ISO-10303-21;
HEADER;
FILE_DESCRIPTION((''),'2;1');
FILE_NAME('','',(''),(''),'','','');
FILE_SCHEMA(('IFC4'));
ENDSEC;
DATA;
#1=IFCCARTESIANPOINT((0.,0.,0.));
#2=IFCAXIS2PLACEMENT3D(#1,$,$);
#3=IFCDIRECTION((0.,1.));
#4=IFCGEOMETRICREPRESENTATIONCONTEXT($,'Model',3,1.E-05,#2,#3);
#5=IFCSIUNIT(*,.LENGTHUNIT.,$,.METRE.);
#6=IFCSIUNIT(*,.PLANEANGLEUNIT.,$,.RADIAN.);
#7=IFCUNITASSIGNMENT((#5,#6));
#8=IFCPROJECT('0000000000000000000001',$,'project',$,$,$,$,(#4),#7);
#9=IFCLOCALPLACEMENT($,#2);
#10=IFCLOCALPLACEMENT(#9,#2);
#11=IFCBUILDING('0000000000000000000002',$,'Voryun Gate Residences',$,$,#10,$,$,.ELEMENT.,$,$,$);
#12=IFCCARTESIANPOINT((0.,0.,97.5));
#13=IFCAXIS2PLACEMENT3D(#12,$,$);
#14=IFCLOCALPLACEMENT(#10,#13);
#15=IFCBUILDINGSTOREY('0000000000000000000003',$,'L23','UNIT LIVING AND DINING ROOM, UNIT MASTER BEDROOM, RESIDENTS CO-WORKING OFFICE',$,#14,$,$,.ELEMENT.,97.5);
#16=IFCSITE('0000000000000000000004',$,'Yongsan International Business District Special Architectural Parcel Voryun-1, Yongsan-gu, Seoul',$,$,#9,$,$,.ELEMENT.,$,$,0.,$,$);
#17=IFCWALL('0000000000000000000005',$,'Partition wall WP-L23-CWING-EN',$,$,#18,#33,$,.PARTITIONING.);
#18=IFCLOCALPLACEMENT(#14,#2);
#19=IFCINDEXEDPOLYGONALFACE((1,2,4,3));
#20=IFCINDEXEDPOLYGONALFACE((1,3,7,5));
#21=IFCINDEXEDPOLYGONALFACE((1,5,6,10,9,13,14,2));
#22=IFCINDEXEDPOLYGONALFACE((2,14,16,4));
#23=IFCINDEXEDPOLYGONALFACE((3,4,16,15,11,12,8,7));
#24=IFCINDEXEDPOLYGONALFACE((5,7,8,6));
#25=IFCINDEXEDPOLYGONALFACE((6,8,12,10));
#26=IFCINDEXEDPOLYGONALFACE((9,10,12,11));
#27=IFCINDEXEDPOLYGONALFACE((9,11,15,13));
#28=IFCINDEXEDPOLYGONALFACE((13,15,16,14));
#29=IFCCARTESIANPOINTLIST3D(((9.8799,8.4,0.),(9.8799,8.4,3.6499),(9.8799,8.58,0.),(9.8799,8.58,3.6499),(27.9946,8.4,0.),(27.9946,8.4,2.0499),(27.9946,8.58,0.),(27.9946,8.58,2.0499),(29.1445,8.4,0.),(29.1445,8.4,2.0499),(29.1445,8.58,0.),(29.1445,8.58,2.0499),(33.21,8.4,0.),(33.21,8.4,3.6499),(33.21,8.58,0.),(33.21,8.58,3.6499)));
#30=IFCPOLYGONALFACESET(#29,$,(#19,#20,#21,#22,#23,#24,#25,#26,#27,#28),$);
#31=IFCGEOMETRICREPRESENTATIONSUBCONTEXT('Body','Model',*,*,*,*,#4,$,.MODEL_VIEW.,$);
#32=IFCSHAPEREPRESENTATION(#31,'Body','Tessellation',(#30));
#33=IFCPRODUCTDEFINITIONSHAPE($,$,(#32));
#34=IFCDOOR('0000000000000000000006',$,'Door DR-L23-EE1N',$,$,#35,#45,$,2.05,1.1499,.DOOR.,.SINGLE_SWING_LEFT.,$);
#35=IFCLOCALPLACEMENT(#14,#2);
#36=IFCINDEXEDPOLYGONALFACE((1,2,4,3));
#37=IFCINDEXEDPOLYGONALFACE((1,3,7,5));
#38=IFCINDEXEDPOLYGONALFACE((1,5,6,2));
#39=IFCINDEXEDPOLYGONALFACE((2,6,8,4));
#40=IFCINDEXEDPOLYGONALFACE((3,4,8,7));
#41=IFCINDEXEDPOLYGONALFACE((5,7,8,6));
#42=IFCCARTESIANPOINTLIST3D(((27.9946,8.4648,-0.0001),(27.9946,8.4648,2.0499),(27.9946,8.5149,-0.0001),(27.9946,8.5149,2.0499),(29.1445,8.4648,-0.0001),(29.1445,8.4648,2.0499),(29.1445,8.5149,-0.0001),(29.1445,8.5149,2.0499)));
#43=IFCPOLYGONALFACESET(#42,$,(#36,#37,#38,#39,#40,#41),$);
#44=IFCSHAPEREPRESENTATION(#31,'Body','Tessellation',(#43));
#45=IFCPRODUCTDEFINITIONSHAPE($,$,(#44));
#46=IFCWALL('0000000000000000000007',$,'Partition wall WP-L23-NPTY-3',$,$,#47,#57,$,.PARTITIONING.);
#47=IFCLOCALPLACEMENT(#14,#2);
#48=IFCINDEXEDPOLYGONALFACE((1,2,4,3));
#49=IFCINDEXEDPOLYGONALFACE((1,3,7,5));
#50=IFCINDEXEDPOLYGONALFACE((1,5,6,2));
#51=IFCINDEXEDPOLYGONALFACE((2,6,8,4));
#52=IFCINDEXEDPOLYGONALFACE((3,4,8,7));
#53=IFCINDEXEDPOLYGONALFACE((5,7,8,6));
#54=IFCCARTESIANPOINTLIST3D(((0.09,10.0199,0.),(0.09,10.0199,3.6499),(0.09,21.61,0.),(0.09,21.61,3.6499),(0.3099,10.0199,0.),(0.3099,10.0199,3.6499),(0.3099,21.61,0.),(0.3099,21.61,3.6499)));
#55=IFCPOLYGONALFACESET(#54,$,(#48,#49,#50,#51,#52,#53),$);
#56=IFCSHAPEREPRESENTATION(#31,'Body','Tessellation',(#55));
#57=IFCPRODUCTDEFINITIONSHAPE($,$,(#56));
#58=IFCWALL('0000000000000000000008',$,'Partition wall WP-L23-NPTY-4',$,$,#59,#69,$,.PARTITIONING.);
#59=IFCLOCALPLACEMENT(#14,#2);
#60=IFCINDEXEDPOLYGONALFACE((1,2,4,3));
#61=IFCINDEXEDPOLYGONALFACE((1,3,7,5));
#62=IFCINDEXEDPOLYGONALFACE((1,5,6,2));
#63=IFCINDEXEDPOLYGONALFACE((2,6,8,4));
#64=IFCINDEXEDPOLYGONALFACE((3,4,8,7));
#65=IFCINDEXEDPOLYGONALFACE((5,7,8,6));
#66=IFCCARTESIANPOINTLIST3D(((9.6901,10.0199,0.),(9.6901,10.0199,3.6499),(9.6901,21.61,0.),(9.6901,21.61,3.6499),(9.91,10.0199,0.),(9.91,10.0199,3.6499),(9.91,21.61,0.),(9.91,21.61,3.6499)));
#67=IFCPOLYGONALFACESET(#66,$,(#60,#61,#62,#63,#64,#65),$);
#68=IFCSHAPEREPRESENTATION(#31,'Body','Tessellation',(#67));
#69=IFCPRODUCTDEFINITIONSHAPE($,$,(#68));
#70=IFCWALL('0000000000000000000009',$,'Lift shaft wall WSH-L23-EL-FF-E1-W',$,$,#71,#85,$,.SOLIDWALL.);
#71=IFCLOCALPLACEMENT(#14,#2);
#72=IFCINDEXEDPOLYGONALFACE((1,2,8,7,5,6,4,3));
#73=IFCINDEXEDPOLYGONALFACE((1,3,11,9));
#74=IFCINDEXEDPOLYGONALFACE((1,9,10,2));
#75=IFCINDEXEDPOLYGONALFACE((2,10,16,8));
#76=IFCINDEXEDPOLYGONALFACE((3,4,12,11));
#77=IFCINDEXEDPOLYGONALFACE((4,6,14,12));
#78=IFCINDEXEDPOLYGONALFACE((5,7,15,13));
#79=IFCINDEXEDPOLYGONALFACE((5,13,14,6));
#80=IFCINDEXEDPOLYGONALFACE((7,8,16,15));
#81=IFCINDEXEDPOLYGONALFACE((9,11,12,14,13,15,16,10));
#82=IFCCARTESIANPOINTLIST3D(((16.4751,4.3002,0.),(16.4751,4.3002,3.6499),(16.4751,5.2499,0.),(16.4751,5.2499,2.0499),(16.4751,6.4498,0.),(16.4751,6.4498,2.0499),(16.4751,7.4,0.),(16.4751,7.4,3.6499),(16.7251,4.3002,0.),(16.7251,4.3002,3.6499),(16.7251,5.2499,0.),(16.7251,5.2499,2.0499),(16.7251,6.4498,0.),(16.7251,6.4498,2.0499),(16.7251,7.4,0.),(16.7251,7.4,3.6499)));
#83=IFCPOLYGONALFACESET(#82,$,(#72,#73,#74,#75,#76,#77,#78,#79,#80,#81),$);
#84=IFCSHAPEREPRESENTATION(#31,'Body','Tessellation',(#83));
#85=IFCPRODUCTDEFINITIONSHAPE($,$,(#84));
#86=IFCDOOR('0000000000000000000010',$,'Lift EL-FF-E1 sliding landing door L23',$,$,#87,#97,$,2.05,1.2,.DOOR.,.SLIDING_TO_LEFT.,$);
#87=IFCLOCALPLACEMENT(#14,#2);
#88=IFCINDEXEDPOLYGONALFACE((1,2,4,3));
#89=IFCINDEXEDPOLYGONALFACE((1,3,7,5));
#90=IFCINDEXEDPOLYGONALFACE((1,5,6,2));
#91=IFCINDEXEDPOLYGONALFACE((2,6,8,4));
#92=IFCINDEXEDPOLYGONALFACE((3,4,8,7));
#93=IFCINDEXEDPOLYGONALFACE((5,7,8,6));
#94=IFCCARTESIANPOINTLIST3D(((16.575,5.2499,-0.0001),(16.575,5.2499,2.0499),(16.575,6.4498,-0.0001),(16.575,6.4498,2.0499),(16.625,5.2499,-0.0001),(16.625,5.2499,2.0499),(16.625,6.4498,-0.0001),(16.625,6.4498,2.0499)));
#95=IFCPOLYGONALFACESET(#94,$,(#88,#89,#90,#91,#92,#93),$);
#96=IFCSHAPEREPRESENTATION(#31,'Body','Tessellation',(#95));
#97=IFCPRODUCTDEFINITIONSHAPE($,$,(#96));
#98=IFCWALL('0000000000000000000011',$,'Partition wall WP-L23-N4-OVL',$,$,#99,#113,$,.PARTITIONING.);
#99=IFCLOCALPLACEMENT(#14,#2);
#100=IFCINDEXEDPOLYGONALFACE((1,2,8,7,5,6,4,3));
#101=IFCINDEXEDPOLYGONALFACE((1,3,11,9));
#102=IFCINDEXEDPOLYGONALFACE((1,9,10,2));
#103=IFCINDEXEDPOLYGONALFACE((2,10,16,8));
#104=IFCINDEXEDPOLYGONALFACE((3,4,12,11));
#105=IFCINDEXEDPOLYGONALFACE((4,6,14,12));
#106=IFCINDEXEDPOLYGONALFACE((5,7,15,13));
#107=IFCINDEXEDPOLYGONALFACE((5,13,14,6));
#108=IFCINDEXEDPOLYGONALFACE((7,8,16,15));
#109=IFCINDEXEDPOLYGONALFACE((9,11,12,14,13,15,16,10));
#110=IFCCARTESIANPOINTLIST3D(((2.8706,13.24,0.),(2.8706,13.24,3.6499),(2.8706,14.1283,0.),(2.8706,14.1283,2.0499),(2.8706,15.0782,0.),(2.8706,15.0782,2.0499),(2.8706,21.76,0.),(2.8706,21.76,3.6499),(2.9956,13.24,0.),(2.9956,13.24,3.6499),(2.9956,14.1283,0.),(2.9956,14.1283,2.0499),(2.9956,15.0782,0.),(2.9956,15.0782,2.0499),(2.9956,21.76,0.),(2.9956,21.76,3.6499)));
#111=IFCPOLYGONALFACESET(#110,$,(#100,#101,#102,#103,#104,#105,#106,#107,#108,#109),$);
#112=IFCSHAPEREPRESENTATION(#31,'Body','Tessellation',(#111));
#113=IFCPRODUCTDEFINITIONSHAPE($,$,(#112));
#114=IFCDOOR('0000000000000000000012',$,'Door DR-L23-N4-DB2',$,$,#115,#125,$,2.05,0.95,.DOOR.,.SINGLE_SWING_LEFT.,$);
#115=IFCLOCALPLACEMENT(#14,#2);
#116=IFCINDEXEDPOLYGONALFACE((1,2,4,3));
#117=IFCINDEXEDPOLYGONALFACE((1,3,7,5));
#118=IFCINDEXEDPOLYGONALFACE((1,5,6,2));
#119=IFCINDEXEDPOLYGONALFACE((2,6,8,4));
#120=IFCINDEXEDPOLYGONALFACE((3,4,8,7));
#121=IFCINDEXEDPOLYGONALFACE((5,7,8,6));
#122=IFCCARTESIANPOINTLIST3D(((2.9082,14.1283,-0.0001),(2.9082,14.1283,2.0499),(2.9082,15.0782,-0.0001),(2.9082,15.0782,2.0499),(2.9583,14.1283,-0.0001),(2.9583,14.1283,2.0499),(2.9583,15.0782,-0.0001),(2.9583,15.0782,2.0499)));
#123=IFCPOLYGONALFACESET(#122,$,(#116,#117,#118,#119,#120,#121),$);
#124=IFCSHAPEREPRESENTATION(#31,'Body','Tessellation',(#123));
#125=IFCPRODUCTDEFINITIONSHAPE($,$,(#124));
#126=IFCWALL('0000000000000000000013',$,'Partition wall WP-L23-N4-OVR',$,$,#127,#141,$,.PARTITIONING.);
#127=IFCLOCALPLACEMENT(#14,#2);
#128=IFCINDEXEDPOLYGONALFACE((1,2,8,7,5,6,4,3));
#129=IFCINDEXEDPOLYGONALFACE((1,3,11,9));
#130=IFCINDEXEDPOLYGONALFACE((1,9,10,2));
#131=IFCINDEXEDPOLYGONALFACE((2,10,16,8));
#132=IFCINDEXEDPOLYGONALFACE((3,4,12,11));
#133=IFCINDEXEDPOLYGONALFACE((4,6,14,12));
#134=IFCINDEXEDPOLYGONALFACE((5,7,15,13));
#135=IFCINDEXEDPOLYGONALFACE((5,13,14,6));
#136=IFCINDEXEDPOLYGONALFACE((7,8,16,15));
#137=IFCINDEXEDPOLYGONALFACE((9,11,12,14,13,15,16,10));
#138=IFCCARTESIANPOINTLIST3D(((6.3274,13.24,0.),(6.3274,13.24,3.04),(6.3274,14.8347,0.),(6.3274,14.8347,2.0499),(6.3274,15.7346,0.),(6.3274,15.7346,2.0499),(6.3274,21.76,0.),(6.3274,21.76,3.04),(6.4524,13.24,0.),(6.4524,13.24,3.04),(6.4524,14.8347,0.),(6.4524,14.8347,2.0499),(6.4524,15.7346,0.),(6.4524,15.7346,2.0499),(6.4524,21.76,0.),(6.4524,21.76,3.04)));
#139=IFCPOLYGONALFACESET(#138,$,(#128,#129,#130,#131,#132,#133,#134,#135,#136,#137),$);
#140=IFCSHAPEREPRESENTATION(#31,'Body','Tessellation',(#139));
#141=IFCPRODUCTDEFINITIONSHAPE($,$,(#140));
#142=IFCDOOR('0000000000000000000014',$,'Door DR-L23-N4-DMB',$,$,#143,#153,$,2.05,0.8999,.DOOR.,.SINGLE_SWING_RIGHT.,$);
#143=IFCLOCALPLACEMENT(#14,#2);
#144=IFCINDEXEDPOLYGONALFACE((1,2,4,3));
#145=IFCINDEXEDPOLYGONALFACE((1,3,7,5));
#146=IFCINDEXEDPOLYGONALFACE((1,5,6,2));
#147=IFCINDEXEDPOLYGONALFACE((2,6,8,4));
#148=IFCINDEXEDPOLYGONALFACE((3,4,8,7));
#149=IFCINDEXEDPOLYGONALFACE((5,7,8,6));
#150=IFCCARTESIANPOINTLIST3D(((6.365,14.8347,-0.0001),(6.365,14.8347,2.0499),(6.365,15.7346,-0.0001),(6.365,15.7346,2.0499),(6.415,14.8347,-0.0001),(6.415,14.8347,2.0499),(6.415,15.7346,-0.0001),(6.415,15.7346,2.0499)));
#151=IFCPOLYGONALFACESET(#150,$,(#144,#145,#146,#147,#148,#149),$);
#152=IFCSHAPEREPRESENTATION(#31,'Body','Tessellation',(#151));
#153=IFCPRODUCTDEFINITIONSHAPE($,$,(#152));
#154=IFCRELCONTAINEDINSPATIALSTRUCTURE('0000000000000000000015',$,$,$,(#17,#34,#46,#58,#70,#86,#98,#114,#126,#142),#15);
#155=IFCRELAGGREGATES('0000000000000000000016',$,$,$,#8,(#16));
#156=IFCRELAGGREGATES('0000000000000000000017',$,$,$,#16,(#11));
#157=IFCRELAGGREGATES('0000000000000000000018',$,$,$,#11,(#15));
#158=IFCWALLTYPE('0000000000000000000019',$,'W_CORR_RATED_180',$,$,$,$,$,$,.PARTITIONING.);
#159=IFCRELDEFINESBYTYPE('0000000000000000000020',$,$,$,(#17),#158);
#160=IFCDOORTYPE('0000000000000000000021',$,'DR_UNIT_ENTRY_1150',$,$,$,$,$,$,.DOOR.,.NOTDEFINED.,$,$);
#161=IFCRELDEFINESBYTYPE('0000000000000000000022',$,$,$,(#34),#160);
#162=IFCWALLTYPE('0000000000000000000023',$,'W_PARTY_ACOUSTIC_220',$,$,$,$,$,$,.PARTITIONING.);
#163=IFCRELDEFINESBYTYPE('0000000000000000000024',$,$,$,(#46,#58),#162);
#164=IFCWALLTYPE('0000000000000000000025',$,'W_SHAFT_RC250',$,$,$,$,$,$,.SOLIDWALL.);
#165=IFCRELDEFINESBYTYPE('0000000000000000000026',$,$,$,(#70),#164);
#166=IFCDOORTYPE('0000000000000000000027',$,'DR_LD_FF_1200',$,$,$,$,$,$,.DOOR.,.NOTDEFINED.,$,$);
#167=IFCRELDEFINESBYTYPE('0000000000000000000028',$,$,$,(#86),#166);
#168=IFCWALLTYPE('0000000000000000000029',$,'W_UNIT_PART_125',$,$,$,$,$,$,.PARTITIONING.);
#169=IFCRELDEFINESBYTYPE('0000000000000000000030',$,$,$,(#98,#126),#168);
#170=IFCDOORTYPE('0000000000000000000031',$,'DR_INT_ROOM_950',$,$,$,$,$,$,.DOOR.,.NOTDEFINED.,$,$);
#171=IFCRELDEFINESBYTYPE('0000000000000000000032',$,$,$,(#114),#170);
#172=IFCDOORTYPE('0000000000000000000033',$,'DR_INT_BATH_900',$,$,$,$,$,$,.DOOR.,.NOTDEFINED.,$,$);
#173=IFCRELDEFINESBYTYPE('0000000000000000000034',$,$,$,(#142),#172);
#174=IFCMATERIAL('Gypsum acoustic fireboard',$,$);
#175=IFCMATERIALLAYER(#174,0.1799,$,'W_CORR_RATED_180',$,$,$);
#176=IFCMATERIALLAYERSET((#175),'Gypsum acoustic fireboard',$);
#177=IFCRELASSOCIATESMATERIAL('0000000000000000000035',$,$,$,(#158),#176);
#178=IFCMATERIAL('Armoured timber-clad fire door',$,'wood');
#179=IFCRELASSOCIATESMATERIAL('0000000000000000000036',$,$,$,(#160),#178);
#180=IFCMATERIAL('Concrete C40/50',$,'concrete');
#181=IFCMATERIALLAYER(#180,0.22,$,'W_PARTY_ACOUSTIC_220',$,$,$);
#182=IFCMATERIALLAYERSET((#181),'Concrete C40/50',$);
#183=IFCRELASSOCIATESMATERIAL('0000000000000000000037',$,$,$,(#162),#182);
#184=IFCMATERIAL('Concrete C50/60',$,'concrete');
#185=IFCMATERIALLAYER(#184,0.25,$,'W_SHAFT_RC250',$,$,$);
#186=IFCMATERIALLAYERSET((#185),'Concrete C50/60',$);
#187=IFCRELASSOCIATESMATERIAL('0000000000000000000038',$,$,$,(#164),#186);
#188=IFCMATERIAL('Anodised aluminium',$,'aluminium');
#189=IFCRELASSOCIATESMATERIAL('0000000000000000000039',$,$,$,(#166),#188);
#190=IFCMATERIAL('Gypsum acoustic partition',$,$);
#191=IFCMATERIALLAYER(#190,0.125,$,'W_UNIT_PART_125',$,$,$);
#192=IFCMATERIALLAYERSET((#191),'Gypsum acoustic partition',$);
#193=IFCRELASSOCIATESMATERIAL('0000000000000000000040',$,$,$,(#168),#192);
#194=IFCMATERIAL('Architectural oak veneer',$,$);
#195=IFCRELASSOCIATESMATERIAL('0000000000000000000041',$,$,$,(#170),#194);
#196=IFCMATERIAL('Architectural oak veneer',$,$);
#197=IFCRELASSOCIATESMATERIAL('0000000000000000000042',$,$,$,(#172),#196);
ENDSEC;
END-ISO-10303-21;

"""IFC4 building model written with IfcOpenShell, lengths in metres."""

from ifc_helpers import new_model, si_unit, direction, frame, frame_2d, origin, place, context, subcontext, project, spatial, rectangle, extrude, material, layer, layer_set, type_object, element, fill, save


model = new_model("IFC4")

# Units and contexts
model_context = context("Model", 3, precision=1e-05, world=origin(), true_north=direction((0.0, 1.0)))
body_context = subcontext(model_context, "Body", "Model", "MODEL_VIEW")
ifc_project = project(units=[si_unit("LENGTHUNIT", "METRE"), si_unit("PLANEANGLEUNIT", "RADIAN")], contexts=[model_context])

# Site, building, storey
site_placement = place(None, origin())
site = spatial("IfcSite", under=ifc_project, at=site_placement, Name="Yongsan International Business District Special Architectural Parcel Voryun-1, Yongsan-gu, Seoul", CompositionType="ELEMENT", RefElevation=0.0)
building_placement = place(site_placement, origin())
building = spatial("IfcBuilding", under=site, at=building_placement, Name="Voryun Gate Residences", CompositionType="ELEMENT")
storey_placement = place(building_placement, frame((0.0, 0.0, 97.5)))
storey = spatial("IfcBuildingStorey", under=building, at=storey_placement, Name="L23", Description="UNIT LIVING AND DINING ROOM, UNIT MASTER BEDROOM, RESIDENTS CO-WORKING OFFICE", CompositionType="ELEMENT", Elevation=97.5)

# Wall, opening, door
ifc_material_1 = material(Name="Gypsum acoustic fireboard")
ifc_layer_1 = layer(ifc_material_1, 0.1799, Name="W_CORR_RATED_180")
ifc_layer_set_1 = layer_set([ifc_layer_1], Name="Gypsum acoustic fireboard")
wall_type_1 = type_object("IfcWallType", Name="W_CORR_RATED_180", PredefinedType="PARTITIONING", material=ifc_layer_set_1)
wall_1_placement = place(storey_placement, frame((9.8799, 8.49, 0.0), z_axis=(0.0, 0.0, 1.0), x_axis=(1.0, 0.0, 0.0)))
wall_1 = element("IfcWall", 1, at=wall_1_placement, inside=storey, type_object=wall_type_1, Name="Partition wall WP-L23-CWING-EN", PredefinedType="PARTITIONING", context=body_context, shape_type="SweptSolid", body=[
    extrude(rectangle(XDim=23.3301, YDim=0.1799, at=frame_2d((11.665, 0.0))), origin(), (0.0, 0.0, 1.0), 3.6499),
])
opening_1_placement = place(wall_1_placement, frame((18.1147, 0.0, 0.0)))
opening_1 = element("IfcOpeningElement", 2, at=opening_1_placement, cuts=wall_1, PredefinedType="OPENING", context=body_context, shape_type="SweptSolid", body=[
    extrude(rectangle(XDim=1.1499, YDim=2.05, at=frame_2d((0.575, 1.0249))), frame((0.0, 0.0999, 0.0), z_axis=(0.0, -1.0, 0.0), x_axis=(1.0, 0.0, 0.0)), (0.0, 0.0, 1.0), 0.2),
])
ifc_material_2 = material(Name="Armoured timber-clad fire door", Category="wood")
door_type_1 = type_object("IfcDoorType", Name="DR_UNIT_ENTRY_1150", OperationType="NOTDEFINED", PredefinedType="DOOR", material=ifc_material_2)
door_1_placement = place(opening_1_placement, origin())
door_1 = element("IfcDoor", 3, at=door_1_placement, inside=storey, type_object=door_type_1, Name="Door DR-L23-EE1N", OperationType="SINGLE_SWING_LEFT", OverallHeight=2.05, OverallWidth=1.1499, PredefinedType="DOOR", context=body_context, shape_type="SweptSolid", body=[
    extrude(rectangle(XDim=1.1499, YDim=2.05, at=frame_2d((0.575, 1.0249))), frame((0.0, 0.0249, 0.0), z_axis=(0.0, -1.0, 0.0), x_axis=(1.0, 0.0, 0.0)), (0.0, 0.0, 1.0), 0.05),
])
fill(opening_1, door_1)

# Walls
ifc_material_3 = material(Name="Concrete C40/50", Category="concrete")
ifc_layer_2 = layer(ifc_material_3, 0.22, Name="W_PARTY_ACOUSTIC_220")
ifc_layer_set_2 = layer_set([ifc_layer_2], Name="Concrete C40/50")
wall_type_2 = type_object("IfcWallType", Name="W_PARTY_ACOUSTIC_220", PredefinedType="PARTITIONING", material=ifc_layer_set_2)
for number, where, z_axis, x_axis, name in (
    (4, (0.2, 10.02, 0.0), (0.0, 0.0, 1.0), (0.0, 1.0, 0.0), "Partition wall WP-L23-NPTY-3"),
    (5, (9.8, 10.02, 0.0), (0.0, 0.0, 1.0), (0.0, 1.0, 0.0), "Partition wall WP-L23-NPTY-4"),
):
    element("IfcWall", number, at=place(storey_placement, frame(where, z_axis=z_axis, x_axis=x_axis)), inside=storey, type_object=wall_type_2, Name=name, PredefinedType="PARTITIONING", context=body_context, shape_type="SweptSolid", body=[
        extrude(rectangle(XDim=11.5901, YDim=0.22, at=frame_2d((5.7949, 0.0))), origin(), (0.0, 0.0, 1.0), 3.6499),
    ])

# Walls, openings, doors
ifc_material_4 = material(Name="Concrete C50/60", Category="concrete")
ifc_layer_3 = layer(ifc_material_4, 0.25, Name="W_SHAFT_RC250")
ifc_layer_set_3 = layer_set([ifc_layer_3], Name="Concrete C50/60")
wall_type_3 = type_object("IfcWallType", Name="W_SHAFT_RC250", PredefinedType="SOLIDWALL", material=ifc_layer_set_3)
wall_2_placement = place(storey_placement, frame((16.6001, 7.3999, 0.0), z_axis=(0.0, 0.0, 1.0), x_axis=(0.0, -1.0, 0.0)))
wall_2 = element("IfcWall", 6, at=wall_2_placement, inside=storey, type_object=wall_type_3, Name="Lift shaft wall WSH-L23-EL-FF-E1-W", PredefinedType="SOLIDWALL", context=body_context, shape_type="SweptSolid", body=[
    extrude(rectangle(XDim=3.0999, YDim=0.25, at=frame_2d((1.5498, 0.0))), origin(), (0.0, 0.0, 1.0), 3.6499),
])
opening_2_placement = place(wall_2_placement, frame((0.95, 0.0, 0.0)))
opening_2 = element("IfcOpeningElement", 7, at=opening_2_placement, cuts=wall_2, PredefinedType="OPENING", context=body_context, shape_type="SweptSolid", body=[
    extrude(rectangle(XDim=1.2, YDim=2.05, at=frame_2d((0.6001, 1.0249))), frame((0.0, 0.135, 0.0), z_axis=(0.0, -1.0, 0.0), x_axis=(1.0, 0.0, 0.0)), (0.0, 0.0, 1.0), 0.27),
])
ifc_material_5 = material(Name="Anodised aluminium", Category="aluminium")
door_type_2 = type_object("IfcDoorType", Name="DR_LD_FF_1200", OperationType="NOTDEFINED", PredefinedType="DOOR", material=ifc_material_5)
door_2_placement = place(opening_2_placement, origin())
door_2 = element("IfcDoor", 8, at=door_2_placement, inside=storey, type_object=door_type_2, Name="Lift EL-FF-E1 sliding landing door L23", OperationType="SLIDING_TO_LEFT", OverallHeight=2.05, OverallWidth=1.2, PredefinedType="DOOR", context=body_context, shape_type="SweptSolid", body=[
    extrude(rectangle(XDim=1.2, YDim=2.05, at=frame_2d((0.6001, 1.0249))), frame((0.0, 0.0249, 0.0), z_axis=(0.0, -1.0, 0.0), x_axis=(1.0, 0.0, 0.0)), (0.0, 0.0, 1.0), 0.05),
])
fill(opening_2, door_2)
ifc_material_6 = material(Name="Gypsum acoustic partition")
ifc_layer_4 = layer(ifc_material_6, 0.125, Name="W_UNIT_PART_125")
ifc_layer_set_4 = layer_set([ifc_layer_4], Name="Gypsum acoustic partition")
wall_type_4 = type_object("IfcWallType", Name="W_UNIT_PART_125", PredefinedType="PARTITIONING", material=ifc_layer_set_4)
wall_3_placement = place(storey_placement, frame((2.9331, 13.24, 0.0), z_axis=(0.0, 0.0, 1.0), x_axis=(0.0, 1.0, 0.0)))
wall_3 = element("IfcWall", 9, at=wall_3_placement, inside=storey, type_object=wall_type_4, Name="Partition wall WP-L23-N4-OVL", PredefinedType="PARTITIONING", context=body_context, shape_type="SweptSolid", body=[
    extrude(rectangle(XDim=8.52, YDim=0.125, at=frame_2d((4.26, 0.0))), origin(), (0.0, 0.0, 1.0), 3.6499),
])
opening_3_placement = place(wall_3_placement, frame((0.8882, 0.0, 0.0)))
opening_3 = element("IfcOpeningElement", 10, at=opening_3_placement, cuts=wall_3, PredefinedType="OPENING", context=body_context, shape_type="SweptSolid", body=[
    extrude(rectangle(XDim=0.95, YDim=2.05, at=frame_2d((0.4751, 1.0249))), frame((0.0, 0.0725, 0.0), z_axis=(0.0, -1.0, 0.0), x_axis=(1.0, 0.0, 0.0)), (0.0, 0.0, 1.0), 0.145),
])
ifc_material_7 = material(Name="Architectural oak veneer")
door_type_3 = type_object("IfcDoorType", Name="DR_INT_ROOM_950", OperationType="NOTDEFINED", PredefinedType="DOOR", material=ifc_material_7)
door_3_placement = place(opening_3_placement, origin())
door_3 = element("IfcDoor", 11, at=door_3_placement, inside=storey, type_object=door_type_3, Name="Door DR-L23-N4-DB2", OperationType="SINGLE_SWING_LEFT", OverallHeight=2.05, OverallWidth=0.95, PredefinedType="DOOR", context=body_context, shape_type="SweptSolid", body=[
    extrude(rectangle(XDim=0.95, YDim=2.05, at=frame_2d((0.4751, 1.0249))), frame((0.0, 0.0249, 0.0), z_axis=(0.0, -1.0, 0.0), x_axis=(1.0, 0.0, 0.0)), (0.0, 0.0, 1.0), 0.05),
])
fill(opening_3, door_3)
wall_4_placement = place(storey_placement, frame((6.3899, 13.24, 0.0), z_axis=(0.0, 0.0, 1.0), x_axis=(0.0, 1.0, 0.0)))
wall_4 = element("IfcWall", 12, at=wall_4_placement, inside=storey, type_object=wall_type_4, Name="Partition wall WP-L23-N4-OVR", PredefinedType="PARTITIONING", context=body_context, shape_type="SweptSolid", body=[
    extrude(rectangle(XDim=8.52, YDim=0.125, at=frame_2d((4.26, 0.0))), origin(), (0.0, 0.0, 1.0), 3.04),
])
opening_4_placement = place(wall_4_placement, frame((1.5947, 0.0, 0.0)))
opening_4 = element("IfcOpeningElement", 13, at=opening_4_placement, cuts=wall_4, PredefinedType="OPENING", context=body_context, shape_type="SweptSolid", body=[
    extrude(rectangle(XDim=0.8999, YDim=2.05, at=frame_2d((0.45, 1.0249))), frame((0.0, 0.0725, 0.0), z_axis=(0.0, -1.0, 0.0), x_axis=(1.0, 0.0, 0.0)), (0.0, 0.0, 1.0), 0.145),
])
ifc_material_8 = material(Name="Architectural oak veneer")
door_type_4 = type_object("IfcDoorType", Name="DR_INT_BATH_900", OperationType="NOTDEFINED", PredefinedType="DOOR", material=ifc_material_8)
door_4_placement = place(opening_4_placement, origin())
door_4 = element("IfcDoor", 14, at=door_4_placement, inside=storey, type_object=door_type_4, Name="Door DR-L23-N4-DMB", OperationType="SINGLE_SWING_RIGHT", OverallHeight=2.05, OverallWidth=0.8999, PredefinedType="DOOR", context=body_context, shape_type="SweptSolid", body=[
    extrude(rectangle(XDim=0.8999, YDim=2.05, at=frame_2d((0.45, 1.0249))), frame((0.0, 0.0249, 0.0), z_axis=(0.0, -1.0, 0.0), x_axis=(1.0, 0.0, 0.0)), (0.0, 0.0, 1.0), 0.05),
])
fill(opening_4, door_4)

save(model, "model.ifc")
